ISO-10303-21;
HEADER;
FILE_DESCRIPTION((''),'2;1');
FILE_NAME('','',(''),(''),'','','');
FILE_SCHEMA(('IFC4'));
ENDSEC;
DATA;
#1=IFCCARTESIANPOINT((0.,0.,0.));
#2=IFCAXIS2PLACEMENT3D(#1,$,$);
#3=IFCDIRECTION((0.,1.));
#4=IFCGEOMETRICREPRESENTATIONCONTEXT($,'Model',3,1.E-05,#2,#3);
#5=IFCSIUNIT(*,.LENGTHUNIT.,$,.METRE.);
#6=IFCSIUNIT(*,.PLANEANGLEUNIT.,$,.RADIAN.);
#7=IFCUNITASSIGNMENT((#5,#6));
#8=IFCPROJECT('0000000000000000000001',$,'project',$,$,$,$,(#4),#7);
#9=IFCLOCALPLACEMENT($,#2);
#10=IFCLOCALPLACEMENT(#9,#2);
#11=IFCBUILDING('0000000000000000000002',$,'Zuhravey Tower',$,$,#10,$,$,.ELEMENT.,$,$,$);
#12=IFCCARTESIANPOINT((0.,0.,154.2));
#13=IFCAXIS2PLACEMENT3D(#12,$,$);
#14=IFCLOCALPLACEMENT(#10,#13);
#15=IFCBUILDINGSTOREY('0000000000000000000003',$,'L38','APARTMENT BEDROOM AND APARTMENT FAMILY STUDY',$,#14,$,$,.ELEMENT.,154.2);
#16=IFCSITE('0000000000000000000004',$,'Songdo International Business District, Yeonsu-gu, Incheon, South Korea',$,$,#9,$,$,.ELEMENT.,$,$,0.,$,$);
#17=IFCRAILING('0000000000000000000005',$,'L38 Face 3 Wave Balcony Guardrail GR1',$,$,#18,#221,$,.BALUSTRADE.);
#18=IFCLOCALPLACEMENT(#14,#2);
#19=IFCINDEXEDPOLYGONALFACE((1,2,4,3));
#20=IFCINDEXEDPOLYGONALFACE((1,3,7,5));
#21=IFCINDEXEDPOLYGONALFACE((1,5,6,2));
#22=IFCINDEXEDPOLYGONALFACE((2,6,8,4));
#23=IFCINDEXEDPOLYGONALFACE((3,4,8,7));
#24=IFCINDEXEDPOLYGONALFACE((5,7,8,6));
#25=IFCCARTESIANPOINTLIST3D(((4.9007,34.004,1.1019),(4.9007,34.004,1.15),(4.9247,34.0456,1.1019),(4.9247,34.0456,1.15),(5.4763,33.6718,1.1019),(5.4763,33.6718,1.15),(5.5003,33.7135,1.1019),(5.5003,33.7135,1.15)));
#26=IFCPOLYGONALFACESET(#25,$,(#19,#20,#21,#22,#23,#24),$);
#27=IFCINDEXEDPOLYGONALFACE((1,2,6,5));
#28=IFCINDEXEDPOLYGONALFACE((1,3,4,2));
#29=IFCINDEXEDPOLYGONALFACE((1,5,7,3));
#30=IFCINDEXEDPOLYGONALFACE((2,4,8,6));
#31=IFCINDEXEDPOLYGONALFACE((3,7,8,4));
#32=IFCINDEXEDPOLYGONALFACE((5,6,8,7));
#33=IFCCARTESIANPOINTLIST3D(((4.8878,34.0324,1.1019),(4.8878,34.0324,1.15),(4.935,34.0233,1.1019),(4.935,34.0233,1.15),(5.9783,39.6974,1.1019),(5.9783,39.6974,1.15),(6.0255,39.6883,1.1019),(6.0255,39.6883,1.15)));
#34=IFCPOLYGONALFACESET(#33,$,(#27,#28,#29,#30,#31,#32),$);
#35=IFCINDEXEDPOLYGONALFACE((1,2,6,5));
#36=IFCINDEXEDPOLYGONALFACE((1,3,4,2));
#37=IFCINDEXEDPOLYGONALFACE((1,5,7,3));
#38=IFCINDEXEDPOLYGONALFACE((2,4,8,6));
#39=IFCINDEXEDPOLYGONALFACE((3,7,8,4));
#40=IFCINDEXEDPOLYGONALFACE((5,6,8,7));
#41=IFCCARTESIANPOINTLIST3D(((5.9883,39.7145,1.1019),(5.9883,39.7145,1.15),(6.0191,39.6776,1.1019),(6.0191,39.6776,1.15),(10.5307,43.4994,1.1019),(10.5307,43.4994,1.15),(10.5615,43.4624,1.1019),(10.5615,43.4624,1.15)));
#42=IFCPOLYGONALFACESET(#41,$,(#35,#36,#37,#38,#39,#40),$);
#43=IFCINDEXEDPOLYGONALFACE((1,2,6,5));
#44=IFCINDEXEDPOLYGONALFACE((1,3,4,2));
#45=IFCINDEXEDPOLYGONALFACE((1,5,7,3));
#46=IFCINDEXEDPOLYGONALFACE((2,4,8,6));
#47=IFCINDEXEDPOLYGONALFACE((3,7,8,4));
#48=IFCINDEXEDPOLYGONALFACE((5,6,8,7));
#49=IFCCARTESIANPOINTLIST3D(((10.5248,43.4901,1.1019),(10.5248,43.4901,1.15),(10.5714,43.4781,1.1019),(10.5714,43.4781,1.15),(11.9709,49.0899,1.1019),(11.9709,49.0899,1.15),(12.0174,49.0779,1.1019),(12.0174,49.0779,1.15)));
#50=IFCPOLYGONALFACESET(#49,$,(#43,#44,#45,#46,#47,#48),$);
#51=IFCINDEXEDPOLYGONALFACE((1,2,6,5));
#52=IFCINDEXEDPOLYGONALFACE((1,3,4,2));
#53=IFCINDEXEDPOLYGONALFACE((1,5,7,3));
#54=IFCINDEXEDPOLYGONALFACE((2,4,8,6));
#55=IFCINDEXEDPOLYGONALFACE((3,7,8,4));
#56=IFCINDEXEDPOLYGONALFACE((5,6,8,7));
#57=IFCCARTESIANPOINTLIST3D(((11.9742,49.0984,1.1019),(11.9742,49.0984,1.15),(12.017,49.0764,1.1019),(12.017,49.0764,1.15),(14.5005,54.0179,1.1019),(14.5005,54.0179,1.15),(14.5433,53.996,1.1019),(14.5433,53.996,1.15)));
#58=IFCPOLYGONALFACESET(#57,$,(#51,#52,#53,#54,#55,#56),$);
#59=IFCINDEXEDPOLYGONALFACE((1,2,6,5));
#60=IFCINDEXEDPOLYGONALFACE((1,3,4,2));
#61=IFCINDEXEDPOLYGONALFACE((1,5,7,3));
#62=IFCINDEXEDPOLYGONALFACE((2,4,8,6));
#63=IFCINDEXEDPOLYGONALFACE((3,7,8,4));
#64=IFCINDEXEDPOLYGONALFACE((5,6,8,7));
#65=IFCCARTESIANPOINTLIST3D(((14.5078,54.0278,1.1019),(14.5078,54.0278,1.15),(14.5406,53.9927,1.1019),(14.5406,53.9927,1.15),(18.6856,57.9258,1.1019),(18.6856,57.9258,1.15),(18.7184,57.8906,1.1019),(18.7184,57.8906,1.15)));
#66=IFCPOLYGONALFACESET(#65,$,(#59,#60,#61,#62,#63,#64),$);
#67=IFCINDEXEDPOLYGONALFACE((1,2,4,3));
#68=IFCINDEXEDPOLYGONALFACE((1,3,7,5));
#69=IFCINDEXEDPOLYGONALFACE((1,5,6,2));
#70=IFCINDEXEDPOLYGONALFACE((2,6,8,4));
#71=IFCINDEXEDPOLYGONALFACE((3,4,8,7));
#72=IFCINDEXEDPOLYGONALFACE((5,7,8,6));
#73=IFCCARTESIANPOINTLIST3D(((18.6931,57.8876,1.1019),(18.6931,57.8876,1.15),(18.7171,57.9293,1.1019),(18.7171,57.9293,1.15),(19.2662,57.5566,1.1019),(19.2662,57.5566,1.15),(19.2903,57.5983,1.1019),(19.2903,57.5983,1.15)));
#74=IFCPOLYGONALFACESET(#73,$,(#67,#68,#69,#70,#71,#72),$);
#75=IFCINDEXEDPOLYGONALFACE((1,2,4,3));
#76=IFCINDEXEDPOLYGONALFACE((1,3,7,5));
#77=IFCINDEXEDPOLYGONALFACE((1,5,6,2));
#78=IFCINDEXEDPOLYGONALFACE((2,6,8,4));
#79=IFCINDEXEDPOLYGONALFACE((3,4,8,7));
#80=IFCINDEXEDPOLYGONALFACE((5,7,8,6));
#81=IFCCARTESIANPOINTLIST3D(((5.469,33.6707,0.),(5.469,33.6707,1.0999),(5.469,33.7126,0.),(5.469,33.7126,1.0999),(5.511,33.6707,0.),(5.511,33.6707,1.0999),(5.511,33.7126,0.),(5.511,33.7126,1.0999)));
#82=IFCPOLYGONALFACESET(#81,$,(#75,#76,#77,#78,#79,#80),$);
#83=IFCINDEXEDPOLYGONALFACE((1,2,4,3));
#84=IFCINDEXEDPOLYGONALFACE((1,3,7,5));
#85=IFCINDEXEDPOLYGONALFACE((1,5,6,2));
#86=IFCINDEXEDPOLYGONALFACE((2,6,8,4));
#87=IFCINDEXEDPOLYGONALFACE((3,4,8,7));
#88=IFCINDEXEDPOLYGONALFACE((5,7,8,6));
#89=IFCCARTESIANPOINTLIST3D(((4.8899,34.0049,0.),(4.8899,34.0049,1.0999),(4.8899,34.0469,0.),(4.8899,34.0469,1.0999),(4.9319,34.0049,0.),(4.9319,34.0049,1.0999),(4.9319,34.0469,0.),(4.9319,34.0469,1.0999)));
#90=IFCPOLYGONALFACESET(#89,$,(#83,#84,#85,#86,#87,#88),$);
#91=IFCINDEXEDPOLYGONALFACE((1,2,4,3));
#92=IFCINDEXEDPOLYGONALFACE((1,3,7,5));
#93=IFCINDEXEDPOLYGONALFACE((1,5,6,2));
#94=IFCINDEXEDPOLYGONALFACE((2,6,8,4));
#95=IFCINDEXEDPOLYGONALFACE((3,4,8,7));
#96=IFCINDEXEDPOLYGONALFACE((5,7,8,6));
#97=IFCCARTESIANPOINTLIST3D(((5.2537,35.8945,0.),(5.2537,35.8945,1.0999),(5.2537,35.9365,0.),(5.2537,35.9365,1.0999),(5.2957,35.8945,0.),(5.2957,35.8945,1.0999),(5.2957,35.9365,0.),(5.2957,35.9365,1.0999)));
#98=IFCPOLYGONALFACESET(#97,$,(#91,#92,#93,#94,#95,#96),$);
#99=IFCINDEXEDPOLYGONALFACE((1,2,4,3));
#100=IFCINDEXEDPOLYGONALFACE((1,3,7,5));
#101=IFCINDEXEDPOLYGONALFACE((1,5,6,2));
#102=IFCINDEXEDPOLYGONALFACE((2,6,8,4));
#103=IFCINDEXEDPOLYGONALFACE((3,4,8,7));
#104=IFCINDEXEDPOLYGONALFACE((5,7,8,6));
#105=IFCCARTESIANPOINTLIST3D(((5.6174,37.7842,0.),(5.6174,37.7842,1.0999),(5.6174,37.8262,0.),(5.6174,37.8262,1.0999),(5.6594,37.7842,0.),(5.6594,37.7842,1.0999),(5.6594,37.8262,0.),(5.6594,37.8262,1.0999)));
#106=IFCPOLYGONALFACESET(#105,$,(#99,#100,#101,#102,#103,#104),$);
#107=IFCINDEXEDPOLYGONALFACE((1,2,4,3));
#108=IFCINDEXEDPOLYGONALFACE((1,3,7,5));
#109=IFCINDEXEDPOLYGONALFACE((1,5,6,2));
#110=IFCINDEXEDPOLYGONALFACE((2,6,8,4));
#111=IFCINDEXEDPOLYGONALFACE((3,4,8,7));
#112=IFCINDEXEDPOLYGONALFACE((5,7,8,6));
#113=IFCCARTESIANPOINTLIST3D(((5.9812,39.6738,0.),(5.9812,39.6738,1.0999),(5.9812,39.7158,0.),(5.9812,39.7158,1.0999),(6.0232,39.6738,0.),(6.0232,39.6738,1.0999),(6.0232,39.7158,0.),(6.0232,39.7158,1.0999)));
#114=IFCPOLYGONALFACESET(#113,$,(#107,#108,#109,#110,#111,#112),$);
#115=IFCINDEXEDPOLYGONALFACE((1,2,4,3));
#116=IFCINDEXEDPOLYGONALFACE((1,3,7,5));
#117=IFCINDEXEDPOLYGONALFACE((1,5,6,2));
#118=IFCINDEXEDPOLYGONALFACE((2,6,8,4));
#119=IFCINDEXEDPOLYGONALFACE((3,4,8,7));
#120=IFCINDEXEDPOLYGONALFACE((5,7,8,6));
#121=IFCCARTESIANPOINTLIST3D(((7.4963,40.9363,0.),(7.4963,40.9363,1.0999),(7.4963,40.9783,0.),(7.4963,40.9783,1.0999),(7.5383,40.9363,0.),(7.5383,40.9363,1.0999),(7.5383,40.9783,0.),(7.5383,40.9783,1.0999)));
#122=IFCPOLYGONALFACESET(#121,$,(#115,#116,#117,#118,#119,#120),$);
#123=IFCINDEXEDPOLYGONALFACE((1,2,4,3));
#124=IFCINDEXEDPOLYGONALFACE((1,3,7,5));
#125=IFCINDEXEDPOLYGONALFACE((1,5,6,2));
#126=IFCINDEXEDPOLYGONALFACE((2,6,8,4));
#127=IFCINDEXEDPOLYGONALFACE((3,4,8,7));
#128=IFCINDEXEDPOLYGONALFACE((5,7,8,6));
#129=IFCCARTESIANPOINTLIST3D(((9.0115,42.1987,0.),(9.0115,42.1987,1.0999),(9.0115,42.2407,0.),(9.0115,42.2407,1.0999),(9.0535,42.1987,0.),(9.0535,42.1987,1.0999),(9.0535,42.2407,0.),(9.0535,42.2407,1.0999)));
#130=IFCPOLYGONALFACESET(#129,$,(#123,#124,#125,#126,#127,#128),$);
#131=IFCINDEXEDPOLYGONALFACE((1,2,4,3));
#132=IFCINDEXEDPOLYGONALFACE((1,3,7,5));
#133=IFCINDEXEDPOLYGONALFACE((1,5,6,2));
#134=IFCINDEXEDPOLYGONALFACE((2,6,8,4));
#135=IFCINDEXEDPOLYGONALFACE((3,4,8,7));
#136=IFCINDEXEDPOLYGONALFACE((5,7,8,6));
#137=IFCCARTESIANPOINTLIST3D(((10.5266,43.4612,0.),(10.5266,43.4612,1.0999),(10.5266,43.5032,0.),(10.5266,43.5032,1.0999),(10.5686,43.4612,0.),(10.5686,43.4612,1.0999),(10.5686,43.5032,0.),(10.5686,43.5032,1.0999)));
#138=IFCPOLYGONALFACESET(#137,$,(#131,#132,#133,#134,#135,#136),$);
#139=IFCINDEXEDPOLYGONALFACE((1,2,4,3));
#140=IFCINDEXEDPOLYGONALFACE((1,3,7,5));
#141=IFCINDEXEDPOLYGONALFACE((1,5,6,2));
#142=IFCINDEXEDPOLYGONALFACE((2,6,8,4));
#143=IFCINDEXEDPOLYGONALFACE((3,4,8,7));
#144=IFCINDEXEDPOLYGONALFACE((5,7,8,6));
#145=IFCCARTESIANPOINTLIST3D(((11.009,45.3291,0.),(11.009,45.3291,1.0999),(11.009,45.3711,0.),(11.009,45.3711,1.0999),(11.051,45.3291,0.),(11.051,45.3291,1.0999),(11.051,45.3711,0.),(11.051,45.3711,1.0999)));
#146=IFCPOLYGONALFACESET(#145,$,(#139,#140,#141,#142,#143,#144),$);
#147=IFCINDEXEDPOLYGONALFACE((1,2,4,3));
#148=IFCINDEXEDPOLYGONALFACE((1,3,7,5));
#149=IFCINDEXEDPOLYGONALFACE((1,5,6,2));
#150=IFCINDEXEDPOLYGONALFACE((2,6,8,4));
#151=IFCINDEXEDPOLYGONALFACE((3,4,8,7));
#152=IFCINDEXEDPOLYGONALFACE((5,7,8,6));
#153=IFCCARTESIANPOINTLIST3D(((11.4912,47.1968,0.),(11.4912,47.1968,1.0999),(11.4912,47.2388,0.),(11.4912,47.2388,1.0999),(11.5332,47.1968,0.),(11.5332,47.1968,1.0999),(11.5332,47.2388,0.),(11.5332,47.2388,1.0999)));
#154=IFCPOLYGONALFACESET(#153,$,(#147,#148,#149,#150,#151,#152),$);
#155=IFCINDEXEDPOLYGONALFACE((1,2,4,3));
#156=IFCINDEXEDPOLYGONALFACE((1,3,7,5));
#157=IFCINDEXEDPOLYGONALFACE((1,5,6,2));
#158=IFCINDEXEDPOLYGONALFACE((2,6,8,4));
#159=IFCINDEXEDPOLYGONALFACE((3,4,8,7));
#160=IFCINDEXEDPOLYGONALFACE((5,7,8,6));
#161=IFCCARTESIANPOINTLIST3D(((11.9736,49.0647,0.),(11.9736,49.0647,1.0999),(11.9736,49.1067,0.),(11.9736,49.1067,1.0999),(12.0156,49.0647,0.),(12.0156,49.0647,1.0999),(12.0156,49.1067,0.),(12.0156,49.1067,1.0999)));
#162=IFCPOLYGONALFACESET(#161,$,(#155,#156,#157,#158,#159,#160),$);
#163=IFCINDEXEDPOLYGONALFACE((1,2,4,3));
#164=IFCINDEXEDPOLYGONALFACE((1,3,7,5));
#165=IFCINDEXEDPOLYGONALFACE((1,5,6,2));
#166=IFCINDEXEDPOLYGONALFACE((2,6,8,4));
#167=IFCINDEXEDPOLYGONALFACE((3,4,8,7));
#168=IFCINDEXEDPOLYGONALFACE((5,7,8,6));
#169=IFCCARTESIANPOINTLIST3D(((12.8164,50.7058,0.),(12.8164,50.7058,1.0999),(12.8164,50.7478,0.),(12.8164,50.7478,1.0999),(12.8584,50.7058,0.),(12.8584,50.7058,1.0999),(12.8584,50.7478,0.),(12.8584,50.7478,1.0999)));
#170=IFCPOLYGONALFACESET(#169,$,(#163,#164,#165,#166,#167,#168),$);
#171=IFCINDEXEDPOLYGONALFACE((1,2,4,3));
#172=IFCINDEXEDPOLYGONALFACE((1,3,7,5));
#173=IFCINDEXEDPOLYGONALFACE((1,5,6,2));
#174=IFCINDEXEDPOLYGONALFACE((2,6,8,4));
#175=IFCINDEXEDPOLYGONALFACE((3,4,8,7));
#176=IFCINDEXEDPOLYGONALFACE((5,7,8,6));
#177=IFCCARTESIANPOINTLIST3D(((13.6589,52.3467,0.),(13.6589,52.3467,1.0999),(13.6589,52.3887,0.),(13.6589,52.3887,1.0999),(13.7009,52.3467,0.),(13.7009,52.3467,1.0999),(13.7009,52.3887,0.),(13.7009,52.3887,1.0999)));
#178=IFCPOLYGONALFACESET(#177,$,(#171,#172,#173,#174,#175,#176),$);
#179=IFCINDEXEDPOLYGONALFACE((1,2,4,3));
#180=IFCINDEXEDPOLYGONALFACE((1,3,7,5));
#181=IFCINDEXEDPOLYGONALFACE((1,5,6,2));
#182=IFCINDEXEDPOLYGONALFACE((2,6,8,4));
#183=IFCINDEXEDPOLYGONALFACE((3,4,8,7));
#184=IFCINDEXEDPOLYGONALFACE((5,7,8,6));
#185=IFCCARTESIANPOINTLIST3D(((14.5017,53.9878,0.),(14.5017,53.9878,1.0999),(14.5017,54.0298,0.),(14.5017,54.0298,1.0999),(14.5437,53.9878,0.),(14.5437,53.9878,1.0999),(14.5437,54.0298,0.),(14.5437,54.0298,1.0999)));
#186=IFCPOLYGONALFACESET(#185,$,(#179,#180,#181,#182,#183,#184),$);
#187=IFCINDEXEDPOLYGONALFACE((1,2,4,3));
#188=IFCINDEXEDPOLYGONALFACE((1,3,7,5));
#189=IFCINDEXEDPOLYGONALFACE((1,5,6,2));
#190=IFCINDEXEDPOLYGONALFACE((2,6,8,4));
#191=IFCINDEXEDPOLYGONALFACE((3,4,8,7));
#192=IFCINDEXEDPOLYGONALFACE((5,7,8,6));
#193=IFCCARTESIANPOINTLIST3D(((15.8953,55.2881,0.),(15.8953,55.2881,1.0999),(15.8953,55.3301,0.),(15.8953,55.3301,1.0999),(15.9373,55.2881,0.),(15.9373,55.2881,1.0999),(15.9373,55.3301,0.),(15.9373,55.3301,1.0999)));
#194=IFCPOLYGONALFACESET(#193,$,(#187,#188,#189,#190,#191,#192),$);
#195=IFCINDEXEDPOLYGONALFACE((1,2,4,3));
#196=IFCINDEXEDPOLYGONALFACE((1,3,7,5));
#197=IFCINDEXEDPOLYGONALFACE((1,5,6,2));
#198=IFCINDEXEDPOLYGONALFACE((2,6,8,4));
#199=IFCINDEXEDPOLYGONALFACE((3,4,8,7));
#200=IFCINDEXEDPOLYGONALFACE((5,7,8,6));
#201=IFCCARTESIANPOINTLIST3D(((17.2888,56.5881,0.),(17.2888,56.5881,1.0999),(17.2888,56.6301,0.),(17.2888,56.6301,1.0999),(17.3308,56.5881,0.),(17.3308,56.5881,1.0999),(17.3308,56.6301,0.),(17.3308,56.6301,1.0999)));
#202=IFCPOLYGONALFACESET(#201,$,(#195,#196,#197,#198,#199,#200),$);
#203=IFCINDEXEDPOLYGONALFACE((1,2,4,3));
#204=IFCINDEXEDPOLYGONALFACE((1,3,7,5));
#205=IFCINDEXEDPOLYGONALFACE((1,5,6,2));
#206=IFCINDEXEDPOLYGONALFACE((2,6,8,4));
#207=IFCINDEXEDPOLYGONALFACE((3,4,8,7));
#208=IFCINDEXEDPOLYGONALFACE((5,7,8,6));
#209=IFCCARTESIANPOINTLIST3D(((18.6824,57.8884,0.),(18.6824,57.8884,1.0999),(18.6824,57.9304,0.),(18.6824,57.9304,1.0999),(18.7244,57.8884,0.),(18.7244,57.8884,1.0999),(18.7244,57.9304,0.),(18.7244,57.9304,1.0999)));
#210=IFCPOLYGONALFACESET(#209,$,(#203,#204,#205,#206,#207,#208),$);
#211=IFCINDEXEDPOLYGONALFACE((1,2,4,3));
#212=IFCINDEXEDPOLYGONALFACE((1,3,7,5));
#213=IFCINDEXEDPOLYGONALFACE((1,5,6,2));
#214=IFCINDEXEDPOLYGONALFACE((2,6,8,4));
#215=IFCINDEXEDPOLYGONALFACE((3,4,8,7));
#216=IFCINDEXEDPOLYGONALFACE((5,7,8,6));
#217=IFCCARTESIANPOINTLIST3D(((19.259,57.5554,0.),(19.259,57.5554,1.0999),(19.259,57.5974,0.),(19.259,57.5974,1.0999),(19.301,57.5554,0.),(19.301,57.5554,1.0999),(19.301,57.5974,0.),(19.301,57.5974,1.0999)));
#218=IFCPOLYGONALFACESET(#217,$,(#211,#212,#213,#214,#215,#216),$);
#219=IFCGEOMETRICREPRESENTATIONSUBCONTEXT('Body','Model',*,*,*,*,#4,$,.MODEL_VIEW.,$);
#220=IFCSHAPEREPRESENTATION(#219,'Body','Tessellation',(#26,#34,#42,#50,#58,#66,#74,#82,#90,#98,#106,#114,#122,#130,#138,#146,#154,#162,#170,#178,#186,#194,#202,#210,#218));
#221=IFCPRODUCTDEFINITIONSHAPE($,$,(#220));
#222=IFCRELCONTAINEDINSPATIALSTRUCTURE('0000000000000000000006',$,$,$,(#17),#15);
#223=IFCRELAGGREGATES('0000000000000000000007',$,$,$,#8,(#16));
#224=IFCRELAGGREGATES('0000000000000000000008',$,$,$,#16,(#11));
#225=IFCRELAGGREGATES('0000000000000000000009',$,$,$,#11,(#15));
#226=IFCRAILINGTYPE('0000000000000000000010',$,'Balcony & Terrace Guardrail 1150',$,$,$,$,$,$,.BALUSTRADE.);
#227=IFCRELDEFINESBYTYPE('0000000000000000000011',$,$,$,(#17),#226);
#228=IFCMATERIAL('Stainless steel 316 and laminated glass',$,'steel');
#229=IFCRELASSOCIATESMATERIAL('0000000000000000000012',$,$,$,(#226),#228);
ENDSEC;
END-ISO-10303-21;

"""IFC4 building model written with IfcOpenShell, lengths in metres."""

from ifc_helpers import new_model, si_unit, direction, frame, origin, origin_2d, place, context, subcontext, project, spatial, rectangle, extrude, material, type_object, element, save


model = new_model("IFC4")

# Units and contexts
model_context = context("Model", 3, precision=1e-05, world=origin(), true_north=direction((0.0, 1.0)))
body_context = subcontext(model_context, "Body", "Model", "MODEL_VIEW")
ifc_project = project(units=[si_unit("LENGTHUNIT", "METRE"), si_unit("PLANEANGLEUNIT", "RADIAN")], contexts=[model_context])

# Site, building, storey
site_placement = place(None, origin())
site = spatial("IfcSite", under=ifc_project, at=site_placement, Name="Songdo International Business District, Yeonsu-gu, Incheon, South Korea", CompositionType="ELEMENT", RefElevation=0.0)
building_placement = place(site_placement, origin())
building = spatial("IfcBuilding", under=site, at=building_placement, Name="Zuhravey Tower", CompositionType="ELEMENT")
storey_placement = place(building_placement, frame((0.0, 0.0, 154.2)))
storey = spatial("IfcBuildingStorey", under=building, at=storey_placement, Name="L38", Description="APARTMENT BEDROOM AND APARTMENT FAMILY STUDY", CompositionType="ELEMENT", Elevation=154.2)

# Railing
ifc_material_1 = material(Name="Stainless steel 316 and laminated glass", Category="steel")
railing_type = type_object("IfcRailingType", Name="Balcony & Terrace Guardrail 1150", PredefinedType="BALUSTRADE", material=ifc_material_1)
railing_placement = place(storey_placement, frame((5.49, 33.6917, 0.0)))
element("IfcRailing", 1, at=railing_placement, inside=storey, type_object=railing_type, Name="L38 Face 3 Wave Balcony Guardrail GR1", PredefinedType="BALUSTRADE", context=body_context, shape_type="SweptSolid", body=[
    extrude(rectangle(XDim=0.0481, YDim=0.0481, at=origin_2d()), frame((-0.0017, 0.001, 1.126), z_axis=(-0.8661, 0.49987, 0.0), x_axis=(-0.49987, -0.8661, 0.0)), (0.0, 0.0, 1.0), 0.6646),
    extrude(rectangle(XDim=0.0481, YDim=0.0481, at=origin_2d()), frame((-0.5786, 0.3362, 1.126), z_axis=(0.189036, 0.98197, 0.0), x_axis=(-0.98197, 0.189036, 0.0)), (0.0, 0.0, 1.0), 5.769),
    extrude(rectangle(XDim=0.0481, YDim=0.0481, at=origin_2d()), frame((0.5137, 6.0044, 1.126), z_axis=(0.768262, 0.640136, 0.0), x_axis=(-0.640136, 0.768262, 0.0)), (0.0, 0.0, 1.0), 5.9126),
    extrude(rectangle(XDim=0.0481, YDim=0.0481, at=origin_2d()), frame((5.0581, 9.7925, 1.126), z_axis=(0.250032, 0.968237, 0.0), x_axis=(-0.968237, 0.250032, 0.0)), (0.0, 0.0, 1.0), 5.7834),
    extrude(rectangle(XDim=0.0481, YDim=0.0481, at=origin_2d()), frame((6.5056, 15.3958, 1.126), z_axis=(0.456805, 0.889567, 0.0), x_axis=(-0.889567, 0.456805, 0.0)), (0.0, 0.0, 1.0), 5.5303),
    extrude(rectangle(XDim=0.0481, YDim=0.0481, at=origin_2d()), frame((9.0342, 20.3186, 1.126), z_axis=(0.73117, 0.682195, 0.0), x_axis=(-0.682195, 0.73117, 0.0)), (0.0, 0.0, 1.0), 5.7139),
    extrude(rectangle(XDim=0.0481, YDim=0.0481, at=origin_2d()), frame((13.2151, 24.2168, 1.126), z_axis=(0.865978, -0.500082, 0.0), x_axis=(0.500082, 0.865978, 0.0)), (0.0, 0.0, 1.0), 0.6619),
    extrude(rectangle(XDim=0.042, YDim=0.042, at=origin_2d()), origin(), (0.0, 0.0, 1.0), 1.0999),
    extrude(rectangle(XDim=0.042, YDim=0.042, at=origin_2d()), frame((-0.5791, 0.3342, 0.0)), (0.0, 0.0, 1.0), 1.0999),
    extrude(rectangle(XDim=0.042, YDim=0.042, at=origin_2d()), frame((-0.2153, 2.2239, 0.0)), (0.0, 0.0, 1.0), 1.0999),
    extrude(rectangle(XDim=0.042, YDim=0.042, at=origin_2d()), frame((0.1484, 4.1135, 0.0)), (0.0, 0.0, 1.0), 1.0999),
    extrude(rectangle(XDim=0.042, YDim=0.042, at=origin_2d()), frame((0.5122, 6.0032, 0.0)), (0.0, 0.0, 1.0), 1.0999),
    extrude(rectangle(XDim=0.042, YDim=0.042, at=origin_2d()), frame((2.0273, 7.2656, 0.0)), (0.0, 0.0, 1.0), 1.0999),
    extrude(rectangle(XDim=0.042, YDim=0.042, at=origin_2d()), frame((3.5425, 8.5281, 0.0)), (0.0, 0.0, 1.0), 1.0999),
    extrude(rectangle(XDim=0.042, YDim=0.042, at=origin_2d()), frame((5.0576, 9.7905, 0.0)), (0.0, 0.0, 1.0), 1.0999),
    extrude(rectangle(XDim=0.042, YDim=0.042, at=origin_2d()), frame((5.54, 11.6584, 0.0)), (0.0, 0.0, 1.0), 1.0999),
    extrude(rectangle(XDim=0.042, YDim=0.042, at=origin_2d()), frame((6.0222, 13.5261, 0.0)), (0.0, 0.0, 1.0), 1.0999),
    extrude(rectangle(XDim=0.042, YDim=0.042, at=origin_2d()), frame((6.5046, 15.394, 0.0)), (0.0, 0.0, 1.0), 1.0999),
    extrude(rectangle(XDim=0.042, YDim=0.042, at=origin_2d()), frame((7.3474, 17.0352, 0.0)), (0.0, 0.0, 1.0), 1.0999),
    extrude(rectangle(XDim=0.042, YDim=0.042, at=origin_2d()), frame((8.1899, 18.676, 0.0)), (0.0, 0.0, 1.0), 1.0999),
    extrude(rectangle(XDim=0.042, YDim=0.042, at=origin_2d()), frame((9.0327, 20.3171, 0.0)), (0.0, 0.0, 1.0), 1.0999),
    extrude(rectangle(XDim=0.042, YDim=0.042, at=origin_2d()), frame((10.4263, 21.6174, 0.0)), (0.0, 0.0, 1.0), 1.0999),
    extrude(rectangle(XDim=0.042, YDim=0.042, at=origin_2d()), frame((11.8198, 22.9175, 0.0)), (0.0, 0.0, 1.0), 1.0999),
    extrude(rectangle(XDim=0.042, YDim=0.042, at=origin_2d()), frame((13.2134, 24.2178, 0.0)), (0.0, 0.0, 1.0), 1.0999),
    extrude(rectangle(XDim=0.042, YDim=0.042, at=origin_2d()), frame((13.79, 23.8848, 0.0)), (0.0, 0.0, 1.0), 1.0999),
])

save(model, "model.ifc")
